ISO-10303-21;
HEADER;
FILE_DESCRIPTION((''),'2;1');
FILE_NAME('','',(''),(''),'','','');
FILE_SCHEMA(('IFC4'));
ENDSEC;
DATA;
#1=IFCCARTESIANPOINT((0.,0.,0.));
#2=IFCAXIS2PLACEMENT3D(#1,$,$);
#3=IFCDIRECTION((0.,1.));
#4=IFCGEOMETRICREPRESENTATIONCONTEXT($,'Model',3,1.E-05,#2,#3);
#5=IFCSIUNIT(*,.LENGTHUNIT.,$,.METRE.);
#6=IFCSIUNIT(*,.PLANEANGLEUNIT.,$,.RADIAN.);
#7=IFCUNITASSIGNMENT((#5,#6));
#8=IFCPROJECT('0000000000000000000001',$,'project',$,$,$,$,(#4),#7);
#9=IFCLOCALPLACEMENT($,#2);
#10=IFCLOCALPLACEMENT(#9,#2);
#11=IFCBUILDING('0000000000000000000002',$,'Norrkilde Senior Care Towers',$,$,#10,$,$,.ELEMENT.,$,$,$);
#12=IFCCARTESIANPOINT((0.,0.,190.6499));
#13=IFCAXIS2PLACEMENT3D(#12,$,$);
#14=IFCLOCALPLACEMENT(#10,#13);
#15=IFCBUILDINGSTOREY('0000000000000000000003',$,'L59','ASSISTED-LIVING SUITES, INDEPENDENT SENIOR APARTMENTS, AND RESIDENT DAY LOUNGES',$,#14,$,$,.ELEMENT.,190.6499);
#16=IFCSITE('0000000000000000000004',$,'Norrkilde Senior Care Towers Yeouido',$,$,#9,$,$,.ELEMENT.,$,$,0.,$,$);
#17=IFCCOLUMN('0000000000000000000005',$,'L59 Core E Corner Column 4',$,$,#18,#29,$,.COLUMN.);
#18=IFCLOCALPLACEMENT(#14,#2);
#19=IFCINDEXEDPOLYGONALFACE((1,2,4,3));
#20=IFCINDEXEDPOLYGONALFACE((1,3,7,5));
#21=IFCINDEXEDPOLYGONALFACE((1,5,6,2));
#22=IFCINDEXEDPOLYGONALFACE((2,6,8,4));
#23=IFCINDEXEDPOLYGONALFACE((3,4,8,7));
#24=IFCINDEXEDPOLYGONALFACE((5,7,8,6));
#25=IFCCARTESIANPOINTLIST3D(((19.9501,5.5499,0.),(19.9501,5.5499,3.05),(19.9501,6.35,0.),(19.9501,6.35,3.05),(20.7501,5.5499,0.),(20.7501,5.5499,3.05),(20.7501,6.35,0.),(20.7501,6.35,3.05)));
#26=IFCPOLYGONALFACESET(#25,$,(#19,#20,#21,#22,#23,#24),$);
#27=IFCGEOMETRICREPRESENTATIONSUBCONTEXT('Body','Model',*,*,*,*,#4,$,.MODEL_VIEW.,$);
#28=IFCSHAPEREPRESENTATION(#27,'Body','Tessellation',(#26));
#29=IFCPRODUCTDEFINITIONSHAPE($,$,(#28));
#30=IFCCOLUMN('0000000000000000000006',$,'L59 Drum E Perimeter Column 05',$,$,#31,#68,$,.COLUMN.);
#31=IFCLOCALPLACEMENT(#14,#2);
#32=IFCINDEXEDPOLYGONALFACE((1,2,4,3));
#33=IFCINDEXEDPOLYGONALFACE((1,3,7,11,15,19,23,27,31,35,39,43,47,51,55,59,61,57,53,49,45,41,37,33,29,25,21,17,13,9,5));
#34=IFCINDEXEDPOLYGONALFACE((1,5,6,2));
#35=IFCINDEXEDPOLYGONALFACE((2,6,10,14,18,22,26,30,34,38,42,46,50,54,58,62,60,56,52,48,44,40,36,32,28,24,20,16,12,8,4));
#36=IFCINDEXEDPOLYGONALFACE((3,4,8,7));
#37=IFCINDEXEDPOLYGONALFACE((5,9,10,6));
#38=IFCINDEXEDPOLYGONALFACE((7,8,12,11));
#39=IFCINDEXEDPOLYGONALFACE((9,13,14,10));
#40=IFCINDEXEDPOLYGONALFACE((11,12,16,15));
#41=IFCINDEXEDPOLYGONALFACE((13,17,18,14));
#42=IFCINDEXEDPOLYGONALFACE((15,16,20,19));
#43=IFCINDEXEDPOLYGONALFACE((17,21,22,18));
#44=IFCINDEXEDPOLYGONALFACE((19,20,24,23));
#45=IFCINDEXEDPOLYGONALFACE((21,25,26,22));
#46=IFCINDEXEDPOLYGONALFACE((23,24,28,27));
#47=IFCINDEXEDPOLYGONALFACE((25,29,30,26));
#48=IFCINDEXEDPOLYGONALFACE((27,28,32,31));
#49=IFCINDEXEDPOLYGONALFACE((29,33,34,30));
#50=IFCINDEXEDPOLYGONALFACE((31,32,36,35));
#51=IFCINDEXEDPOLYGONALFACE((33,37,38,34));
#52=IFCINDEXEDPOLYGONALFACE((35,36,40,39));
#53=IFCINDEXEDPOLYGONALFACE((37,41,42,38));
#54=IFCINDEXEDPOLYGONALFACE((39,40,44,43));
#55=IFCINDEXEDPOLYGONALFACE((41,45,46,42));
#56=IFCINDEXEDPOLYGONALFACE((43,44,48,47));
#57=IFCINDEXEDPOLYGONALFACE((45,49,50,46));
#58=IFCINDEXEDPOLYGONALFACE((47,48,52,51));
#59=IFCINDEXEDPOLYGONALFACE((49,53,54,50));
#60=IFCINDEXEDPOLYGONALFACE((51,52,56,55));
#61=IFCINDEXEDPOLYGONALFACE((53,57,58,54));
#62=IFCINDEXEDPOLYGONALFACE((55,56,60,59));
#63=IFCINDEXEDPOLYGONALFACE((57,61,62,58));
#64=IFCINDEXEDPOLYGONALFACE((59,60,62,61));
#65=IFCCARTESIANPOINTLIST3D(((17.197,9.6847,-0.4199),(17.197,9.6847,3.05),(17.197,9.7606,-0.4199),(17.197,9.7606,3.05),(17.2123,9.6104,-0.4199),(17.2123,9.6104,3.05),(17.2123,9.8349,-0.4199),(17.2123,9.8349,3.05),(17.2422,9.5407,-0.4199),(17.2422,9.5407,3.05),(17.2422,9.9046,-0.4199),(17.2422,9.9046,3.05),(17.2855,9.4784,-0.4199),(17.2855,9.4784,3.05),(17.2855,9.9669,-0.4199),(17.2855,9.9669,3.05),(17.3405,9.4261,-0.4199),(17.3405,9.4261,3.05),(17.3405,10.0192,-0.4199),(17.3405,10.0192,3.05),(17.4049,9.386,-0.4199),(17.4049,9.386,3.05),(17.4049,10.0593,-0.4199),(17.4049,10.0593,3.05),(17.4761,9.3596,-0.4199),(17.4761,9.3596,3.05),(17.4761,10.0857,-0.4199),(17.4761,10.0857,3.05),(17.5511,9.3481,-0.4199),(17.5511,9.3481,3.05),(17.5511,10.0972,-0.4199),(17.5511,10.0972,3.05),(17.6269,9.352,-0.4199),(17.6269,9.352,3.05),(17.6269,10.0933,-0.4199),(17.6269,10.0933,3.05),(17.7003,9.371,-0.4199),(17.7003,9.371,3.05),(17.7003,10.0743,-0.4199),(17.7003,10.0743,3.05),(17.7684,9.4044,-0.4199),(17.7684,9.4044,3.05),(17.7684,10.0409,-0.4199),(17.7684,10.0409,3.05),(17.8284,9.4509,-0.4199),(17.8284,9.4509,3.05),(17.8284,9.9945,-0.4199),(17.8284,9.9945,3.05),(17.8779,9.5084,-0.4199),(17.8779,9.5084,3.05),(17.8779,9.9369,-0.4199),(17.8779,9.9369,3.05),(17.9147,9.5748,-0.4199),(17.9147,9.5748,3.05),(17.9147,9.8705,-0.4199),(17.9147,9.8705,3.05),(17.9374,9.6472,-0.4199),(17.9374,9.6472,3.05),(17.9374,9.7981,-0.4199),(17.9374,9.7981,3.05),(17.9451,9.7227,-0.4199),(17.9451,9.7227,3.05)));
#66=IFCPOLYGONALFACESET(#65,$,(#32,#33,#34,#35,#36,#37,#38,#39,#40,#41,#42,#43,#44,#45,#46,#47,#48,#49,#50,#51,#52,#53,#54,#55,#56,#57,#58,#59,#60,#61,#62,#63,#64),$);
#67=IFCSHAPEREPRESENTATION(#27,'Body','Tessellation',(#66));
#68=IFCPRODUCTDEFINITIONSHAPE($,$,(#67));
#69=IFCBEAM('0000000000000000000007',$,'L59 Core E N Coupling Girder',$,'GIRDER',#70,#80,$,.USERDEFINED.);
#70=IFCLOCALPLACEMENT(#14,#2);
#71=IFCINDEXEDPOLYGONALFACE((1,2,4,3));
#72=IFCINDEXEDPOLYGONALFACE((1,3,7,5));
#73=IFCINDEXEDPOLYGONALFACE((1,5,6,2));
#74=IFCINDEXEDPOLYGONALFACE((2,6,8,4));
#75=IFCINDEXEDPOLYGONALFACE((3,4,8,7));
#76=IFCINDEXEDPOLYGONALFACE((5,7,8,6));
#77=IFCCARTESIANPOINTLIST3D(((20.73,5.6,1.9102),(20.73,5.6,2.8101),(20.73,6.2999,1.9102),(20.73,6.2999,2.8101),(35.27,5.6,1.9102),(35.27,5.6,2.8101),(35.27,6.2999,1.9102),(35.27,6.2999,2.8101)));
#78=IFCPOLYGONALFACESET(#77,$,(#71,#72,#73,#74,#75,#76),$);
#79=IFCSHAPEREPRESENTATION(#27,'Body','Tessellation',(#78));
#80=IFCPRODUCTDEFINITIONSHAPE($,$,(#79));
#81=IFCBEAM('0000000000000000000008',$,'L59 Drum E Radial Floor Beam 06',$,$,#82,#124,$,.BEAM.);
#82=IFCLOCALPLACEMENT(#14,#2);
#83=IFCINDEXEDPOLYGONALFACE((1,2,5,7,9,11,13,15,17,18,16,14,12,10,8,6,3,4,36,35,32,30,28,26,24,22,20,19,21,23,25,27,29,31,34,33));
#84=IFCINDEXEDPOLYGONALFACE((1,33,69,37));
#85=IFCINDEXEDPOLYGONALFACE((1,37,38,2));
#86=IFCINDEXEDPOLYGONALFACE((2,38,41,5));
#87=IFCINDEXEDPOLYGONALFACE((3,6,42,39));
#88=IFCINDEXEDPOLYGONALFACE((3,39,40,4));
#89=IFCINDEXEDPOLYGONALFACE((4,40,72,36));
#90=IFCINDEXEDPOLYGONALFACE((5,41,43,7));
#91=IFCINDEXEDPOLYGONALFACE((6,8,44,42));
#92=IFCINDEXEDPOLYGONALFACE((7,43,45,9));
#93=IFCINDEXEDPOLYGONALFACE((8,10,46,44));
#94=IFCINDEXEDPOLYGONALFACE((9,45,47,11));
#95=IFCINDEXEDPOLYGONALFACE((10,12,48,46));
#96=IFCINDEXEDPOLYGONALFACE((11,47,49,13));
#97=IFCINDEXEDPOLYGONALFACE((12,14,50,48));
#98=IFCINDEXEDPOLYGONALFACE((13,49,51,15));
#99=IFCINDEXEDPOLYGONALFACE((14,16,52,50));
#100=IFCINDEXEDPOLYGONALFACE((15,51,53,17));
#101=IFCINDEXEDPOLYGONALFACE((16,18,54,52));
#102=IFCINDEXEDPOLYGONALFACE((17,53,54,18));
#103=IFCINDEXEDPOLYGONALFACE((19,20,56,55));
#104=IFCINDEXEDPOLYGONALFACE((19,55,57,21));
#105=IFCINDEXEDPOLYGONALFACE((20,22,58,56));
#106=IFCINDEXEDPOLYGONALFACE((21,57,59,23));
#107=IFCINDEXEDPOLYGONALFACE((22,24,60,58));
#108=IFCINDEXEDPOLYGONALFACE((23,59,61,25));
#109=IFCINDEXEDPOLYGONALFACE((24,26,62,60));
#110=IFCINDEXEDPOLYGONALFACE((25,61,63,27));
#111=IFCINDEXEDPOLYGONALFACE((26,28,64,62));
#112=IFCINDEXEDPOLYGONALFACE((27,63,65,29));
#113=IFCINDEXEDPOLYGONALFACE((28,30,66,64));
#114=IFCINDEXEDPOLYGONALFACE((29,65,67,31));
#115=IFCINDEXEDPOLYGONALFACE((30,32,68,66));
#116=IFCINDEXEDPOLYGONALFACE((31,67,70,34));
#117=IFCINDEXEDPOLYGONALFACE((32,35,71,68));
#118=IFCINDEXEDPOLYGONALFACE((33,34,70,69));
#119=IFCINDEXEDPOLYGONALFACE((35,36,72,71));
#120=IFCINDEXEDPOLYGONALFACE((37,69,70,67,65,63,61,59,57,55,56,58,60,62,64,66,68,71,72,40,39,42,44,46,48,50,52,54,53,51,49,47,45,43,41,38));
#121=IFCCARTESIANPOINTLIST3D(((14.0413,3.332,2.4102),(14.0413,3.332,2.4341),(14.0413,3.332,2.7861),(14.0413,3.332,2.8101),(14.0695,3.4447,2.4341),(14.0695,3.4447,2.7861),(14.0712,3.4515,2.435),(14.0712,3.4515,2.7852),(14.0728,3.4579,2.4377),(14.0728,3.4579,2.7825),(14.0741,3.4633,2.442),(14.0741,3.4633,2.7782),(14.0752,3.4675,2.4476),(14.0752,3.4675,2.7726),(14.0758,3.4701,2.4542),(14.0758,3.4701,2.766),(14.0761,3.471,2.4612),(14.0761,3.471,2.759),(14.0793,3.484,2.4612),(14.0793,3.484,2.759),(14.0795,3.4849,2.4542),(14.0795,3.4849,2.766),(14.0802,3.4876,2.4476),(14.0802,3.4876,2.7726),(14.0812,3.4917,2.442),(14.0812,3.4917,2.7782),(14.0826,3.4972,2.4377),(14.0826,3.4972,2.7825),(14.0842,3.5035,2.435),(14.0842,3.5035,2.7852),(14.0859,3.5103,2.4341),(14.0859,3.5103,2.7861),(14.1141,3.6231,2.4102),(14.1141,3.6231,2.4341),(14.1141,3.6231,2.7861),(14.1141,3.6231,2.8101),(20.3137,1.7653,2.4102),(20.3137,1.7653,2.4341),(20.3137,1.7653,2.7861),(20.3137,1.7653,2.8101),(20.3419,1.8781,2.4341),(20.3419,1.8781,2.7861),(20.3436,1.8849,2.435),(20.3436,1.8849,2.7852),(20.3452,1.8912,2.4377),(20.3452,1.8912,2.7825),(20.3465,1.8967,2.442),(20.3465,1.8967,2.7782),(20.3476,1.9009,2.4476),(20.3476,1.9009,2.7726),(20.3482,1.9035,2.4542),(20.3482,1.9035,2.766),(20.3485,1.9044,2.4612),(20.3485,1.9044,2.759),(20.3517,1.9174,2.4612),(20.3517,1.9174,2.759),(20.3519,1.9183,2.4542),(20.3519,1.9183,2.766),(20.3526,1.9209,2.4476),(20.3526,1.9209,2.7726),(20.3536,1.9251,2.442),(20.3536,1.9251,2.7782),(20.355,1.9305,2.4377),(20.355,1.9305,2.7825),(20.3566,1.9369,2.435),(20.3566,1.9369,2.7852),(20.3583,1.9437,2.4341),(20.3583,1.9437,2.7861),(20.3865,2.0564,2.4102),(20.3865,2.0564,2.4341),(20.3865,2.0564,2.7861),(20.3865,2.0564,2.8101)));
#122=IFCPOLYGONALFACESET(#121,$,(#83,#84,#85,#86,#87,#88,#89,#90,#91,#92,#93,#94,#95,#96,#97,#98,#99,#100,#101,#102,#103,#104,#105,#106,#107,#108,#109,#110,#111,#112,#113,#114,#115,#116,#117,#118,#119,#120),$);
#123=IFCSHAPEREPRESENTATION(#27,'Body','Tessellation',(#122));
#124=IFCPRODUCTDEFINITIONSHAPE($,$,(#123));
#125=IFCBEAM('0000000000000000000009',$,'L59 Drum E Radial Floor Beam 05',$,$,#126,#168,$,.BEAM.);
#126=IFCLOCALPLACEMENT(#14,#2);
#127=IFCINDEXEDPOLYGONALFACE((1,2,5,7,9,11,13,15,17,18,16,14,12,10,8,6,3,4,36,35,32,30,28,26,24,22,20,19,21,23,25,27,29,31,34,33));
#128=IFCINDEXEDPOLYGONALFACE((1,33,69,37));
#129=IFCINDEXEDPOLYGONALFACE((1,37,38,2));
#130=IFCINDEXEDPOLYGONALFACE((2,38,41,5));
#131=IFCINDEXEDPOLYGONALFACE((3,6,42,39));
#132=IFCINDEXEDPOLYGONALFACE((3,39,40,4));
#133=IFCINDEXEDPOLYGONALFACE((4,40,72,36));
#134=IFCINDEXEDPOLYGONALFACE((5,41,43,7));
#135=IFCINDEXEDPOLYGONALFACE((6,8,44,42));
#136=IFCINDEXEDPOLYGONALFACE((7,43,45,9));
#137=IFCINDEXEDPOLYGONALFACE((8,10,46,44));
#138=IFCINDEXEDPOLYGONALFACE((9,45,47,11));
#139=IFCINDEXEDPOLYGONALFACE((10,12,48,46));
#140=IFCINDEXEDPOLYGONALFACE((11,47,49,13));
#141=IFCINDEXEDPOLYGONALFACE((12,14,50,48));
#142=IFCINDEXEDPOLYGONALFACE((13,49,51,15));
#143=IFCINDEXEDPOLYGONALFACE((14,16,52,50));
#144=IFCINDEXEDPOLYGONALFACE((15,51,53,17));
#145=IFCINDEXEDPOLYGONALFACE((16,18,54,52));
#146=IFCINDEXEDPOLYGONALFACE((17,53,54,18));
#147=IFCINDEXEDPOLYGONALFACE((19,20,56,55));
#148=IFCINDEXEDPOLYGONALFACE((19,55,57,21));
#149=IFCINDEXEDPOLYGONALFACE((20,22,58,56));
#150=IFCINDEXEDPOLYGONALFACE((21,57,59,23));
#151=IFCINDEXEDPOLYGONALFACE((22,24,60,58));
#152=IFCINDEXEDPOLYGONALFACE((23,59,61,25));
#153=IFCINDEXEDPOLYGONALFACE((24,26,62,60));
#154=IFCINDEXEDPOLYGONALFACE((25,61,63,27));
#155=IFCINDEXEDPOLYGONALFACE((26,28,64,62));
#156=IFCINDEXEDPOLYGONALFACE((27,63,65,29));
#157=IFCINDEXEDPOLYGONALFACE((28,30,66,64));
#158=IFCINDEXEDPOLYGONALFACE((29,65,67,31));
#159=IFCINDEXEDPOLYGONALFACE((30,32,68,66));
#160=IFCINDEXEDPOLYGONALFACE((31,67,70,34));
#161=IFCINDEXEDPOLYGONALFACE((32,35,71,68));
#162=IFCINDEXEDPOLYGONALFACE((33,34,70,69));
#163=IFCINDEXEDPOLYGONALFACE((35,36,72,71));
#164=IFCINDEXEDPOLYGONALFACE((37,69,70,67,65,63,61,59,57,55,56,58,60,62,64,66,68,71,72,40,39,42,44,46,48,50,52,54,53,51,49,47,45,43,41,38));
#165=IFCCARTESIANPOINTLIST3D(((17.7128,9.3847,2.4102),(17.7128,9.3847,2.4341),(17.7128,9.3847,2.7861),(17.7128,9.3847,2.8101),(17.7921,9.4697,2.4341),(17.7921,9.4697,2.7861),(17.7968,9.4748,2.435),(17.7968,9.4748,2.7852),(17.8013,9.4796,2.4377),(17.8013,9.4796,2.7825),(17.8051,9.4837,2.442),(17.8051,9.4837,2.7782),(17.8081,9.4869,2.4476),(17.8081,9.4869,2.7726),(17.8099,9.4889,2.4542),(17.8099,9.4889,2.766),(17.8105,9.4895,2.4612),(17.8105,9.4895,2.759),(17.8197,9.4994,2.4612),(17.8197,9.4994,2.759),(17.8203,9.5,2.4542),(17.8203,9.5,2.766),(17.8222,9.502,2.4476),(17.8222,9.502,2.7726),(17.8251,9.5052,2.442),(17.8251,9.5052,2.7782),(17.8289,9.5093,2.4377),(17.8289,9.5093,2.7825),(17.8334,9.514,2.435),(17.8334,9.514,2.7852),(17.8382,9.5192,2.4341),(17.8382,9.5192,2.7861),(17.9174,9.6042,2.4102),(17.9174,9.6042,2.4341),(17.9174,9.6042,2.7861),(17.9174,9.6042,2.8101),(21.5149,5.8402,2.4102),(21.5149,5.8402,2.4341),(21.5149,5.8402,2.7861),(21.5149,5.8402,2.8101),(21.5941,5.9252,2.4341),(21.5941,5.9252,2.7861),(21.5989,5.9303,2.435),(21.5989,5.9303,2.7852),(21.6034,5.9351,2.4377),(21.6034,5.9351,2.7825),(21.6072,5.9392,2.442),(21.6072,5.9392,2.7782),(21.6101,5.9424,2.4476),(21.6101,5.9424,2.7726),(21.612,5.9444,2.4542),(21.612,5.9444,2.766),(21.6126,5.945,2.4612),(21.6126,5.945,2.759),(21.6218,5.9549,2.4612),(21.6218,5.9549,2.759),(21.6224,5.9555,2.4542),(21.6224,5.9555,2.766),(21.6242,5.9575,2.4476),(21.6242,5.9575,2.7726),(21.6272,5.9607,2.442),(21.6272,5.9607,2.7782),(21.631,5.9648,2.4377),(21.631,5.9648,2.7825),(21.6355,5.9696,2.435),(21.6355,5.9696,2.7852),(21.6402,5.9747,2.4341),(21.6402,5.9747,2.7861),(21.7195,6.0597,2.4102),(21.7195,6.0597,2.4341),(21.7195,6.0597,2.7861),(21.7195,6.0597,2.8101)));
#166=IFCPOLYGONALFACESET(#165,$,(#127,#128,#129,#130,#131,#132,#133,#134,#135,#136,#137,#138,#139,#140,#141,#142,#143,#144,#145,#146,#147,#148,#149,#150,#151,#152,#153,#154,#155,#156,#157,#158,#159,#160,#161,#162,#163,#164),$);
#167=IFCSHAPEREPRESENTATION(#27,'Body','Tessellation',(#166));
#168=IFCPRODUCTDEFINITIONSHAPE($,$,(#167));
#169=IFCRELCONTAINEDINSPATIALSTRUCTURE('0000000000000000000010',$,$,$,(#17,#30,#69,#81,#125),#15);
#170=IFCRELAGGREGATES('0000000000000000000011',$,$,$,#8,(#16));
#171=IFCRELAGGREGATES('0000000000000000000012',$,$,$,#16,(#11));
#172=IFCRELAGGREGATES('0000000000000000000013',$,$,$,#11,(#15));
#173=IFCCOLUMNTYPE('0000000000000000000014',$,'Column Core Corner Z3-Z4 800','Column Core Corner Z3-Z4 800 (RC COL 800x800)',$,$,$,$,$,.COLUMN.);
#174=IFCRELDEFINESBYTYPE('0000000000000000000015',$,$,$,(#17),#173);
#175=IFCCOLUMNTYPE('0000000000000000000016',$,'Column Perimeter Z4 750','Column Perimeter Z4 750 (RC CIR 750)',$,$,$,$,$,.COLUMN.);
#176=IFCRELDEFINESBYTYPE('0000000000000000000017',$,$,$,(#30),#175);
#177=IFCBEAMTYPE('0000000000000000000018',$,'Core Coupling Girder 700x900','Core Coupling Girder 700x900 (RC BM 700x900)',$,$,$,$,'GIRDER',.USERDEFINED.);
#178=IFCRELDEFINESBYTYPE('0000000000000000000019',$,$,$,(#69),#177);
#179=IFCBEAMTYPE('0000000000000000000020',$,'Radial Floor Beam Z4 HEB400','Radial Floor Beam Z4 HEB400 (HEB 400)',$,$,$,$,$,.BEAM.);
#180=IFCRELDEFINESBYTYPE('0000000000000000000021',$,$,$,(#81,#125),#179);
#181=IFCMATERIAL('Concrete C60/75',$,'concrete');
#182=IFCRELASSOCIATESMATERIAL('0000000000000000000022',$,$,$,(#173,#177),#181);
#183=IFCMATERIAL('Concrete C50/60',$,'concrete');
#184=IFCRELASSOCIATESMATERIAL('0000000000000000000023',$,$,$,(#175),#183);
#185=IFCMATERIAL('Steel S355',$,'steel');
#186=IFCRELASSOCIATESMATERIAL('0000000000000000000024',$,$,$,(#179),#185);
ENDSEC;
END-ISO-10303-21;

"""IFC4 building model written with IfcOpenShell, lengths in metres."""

from ifc_helpers import new_model, si_unit, direction, frame, origin, origin_2d, place, context, subcontext, project, spatial, rectangle, circle, i_section, extrude, source, transform, mapped, material, material_profile, profile_set, type_object, type_shapes, element, save


model = new_model("IFC4")

# Units and contexts
model_context = context("Model", 3, precision=1e-05, world=origin(), true_north=direction((0.0, 1.0)))
body_context = subcontext(model_context, "Body", "Model", "MODEL_VIEW")
ifc_project = project(units=[si_unit("LENGTHUNIT", "METRE"), si_unit("PLANEANGLEUNIT", "RADIAN")], contexts=[model_context])

# Site, building, storey
site_placement = place(None, origin())
site = spatial("IfcSite", under=ifc_project, at=site_placement, Name="Norrkilde Senior Care Towers Yeouido", CompositionType="ELEMENT", RefElevation=0.0)
building_placement = place(site_placement, origin())
building = spatial("IfcBuilding", under=site, at=building_placement, Name="Norrkilde Senior Care Towers", CompositionType="ELEMENT")
storey_placement = place(building_placement, frame((0.0, 0.0, 190.6499)))
storey = spatial("IfcBuildingStorey", under=building, at=storey_placement, Name="L59", Description="ASSISTED-LIVING SUITES, INDEPENDENT SENIOR APARTMENTS, AND RESIDENT DAY LOUNGES", CompositionType="ELEMENT", Elevation=190.6499)

# Columns
ifc_material_1 = material(Name="Concrete C60/75", Category="concrete")
ifc_material_profile_1 = material_profile(ifc_material_1, rectangle(XDim=0.8, YDim=0.8, at=origin_2d()), Name="RC COL 800x800")
ifc_profile_set_1 = profile_set([ifc_material_profile_1], Name="Concrete C60/75")
column_type_1 = type_object("IfcColumnType", Name="Column Core Corner Z3-Z4 800", Description="Column Core Corner Z3-Z4 800 (RC COL 800x800)", PredefinedType="COLUMN", material=ifc_profile_set_1)
shared_shape_1 = source(origin(), body_context, "Body", "SweptSolid", [
    extrude(rectangle(XDim=0.8, YDim=0.8, at=origin_2d()), origin(), (0.0, 0.0, 1.0), 3.05),
])
type_shapes(column_type_1, [shared_shape_1])
column_1_placement = place(storey_placement, frame((20.3501, 5.95, 0.0), z_axis=(0.0, 0.0, 1.0), x_axis=(1.0, 0.0, 0.0)))
element("IfcColumn", 1, at=column_1_placement, inside=storey, type_object=column_type_1, Name="L59 Core E Corner Column 4", PredefinedType="COLUMN", context=body_context, shape_type="MappedRepresentation", body=[
    mapped(shared_shape_1, transform((0.0, 0.0, 0.0), x_axis=(1.0, 0.0, 0.0), y_axis=(0.0, 1.0, 0.0), z_axis=(0.0, 0.0, 1.0), scale=1.0)),
])
ifc_material_2 = material(Name="Concrete C50/60", Category="concrete")
ifc_material_profile_2 = material_profile(ifc_material_2, circle(Radius=0.375, at=origin_2d()), Name="RC CIR 750")
ifc_profile_set_2 = profile_set([ifc_material_profile_2], Name="Concrete C50/60")
column_type_2 = type_object("IfcColumnType", Name="Column Perimeter Z4 750", Description="Column Perimeter Z4 750 (RC CIR 750)", PredefinedType="COLUMN", material=ifc_profile_set_2)
shared_shape_2 = source(origin(), body_context, "Body", "SweptSolid", [
    extrude(circle(Radius=0.375, at=origin_2d()), origin(), (0.0, 0.0, 1.0), 3.47),
])
type_shapes(column_type_2, [shared_shape_2])
column_2_placement = place(storey_placement, frame((17.5701, 9.7227, -0.4199), z_axis=(0.0, 0.0, 1.0), x_axis=(1.0, 0.0, 0.0)))
element("IfcColumn", 2, at=column_2_placement, inside=storey, type_object=column_type_2, Name="L59 Drum E Perimeter Column 05", PredefinedType="COLUMN", context=body_context, shape_type="MappedRepresentation", body=[
    mapped(shared_shape_2, transform((0.0, 0.0, 0.0), x_axis=(1.0, 0.0, 0.0), y_axis=(0.0, 1.0, 0.0), z_axis=(0.0, 0.0, 1.0), scale=1.0)),
])

# Beams
ifc_material_profile_3 = material_profile(ifc_material_1, rectangle(XDim=0.7, YDim=0.8999, at=origin_2d()), Name="RC BM 700x900")
ifc_profile_set_3 = profile_set([ifc_material_profile_3], Name="Concrete C60/75")
beam_type_1 = type_object("IfcBeamType", Name="Core Coupling Girder 700x900", Description="Core Coupling Girder 700x900 (RC BM 700x900)", ElementType="GIRDER", PredefinedType="USERDEFINED", material=ifc_profile_set_3)
shared_shape_3 = source(origin(), body_context, "Body", "SweptSolid", [
    extrude(rectangle(XDim=0.7, YDim=0.8999, at=origin_2d()), origin(), (0.0, 0.0, 1.0), 14.54),
])
type_shapes(beam_type_1, [shared_shape_3])
beam_1_placement = place(storey_placement, frame((20.73, 5.95, 2.3601), z_axis=(1.0, 0.0, 0.0), x_axis=(0.0, 1.0, 0.0)))
element("IfcBeam", 3, at=beam_1_placement, inside=storey, type_object=beam_type_1, Name="L59 Core E N Coupling Girder", ObjectType="GIRDER", PredefinedType="USERDEFINED", context=body_context, shape_type="MappedRepresentation", body=[
    mapped(shared_shape_3, transform((0.0, 0.0, 0.0), x_axis=(1.0, 0.0, 0.0), y_axis=(0.0, 1.0, 0.0), z_axis=(0.0, 0.0, 1.0), scale=1.0)),
])
ifc_material_3 = material(Name="Steel S355", Category="steel")
ifc_material_profile_4 = material_profile(ifc_material_3, i_section(OverallWidth=0.3, OverallDepth=0.3999, WebThickness=0.0134, FlangeThickness=0.0239, FilletRadius=0.0271, at=origin_2d()), Name="HEB 400")
ifc_profile_set_4 = profile_set([ifc_material_profile_4], Name="Steel S355")
beam_type_2 = type_object("IfcBeamType", Name="Radial Floor Beam Z4 HEB400", Description="Radial Floor Beam Z4 HEB400 (HEB 400)", PredefinedType="BEAM", material=ifc_profile_set_4)
shared_shape_4 = source(origin(), body_context, "Body", "SweptSolid", [
    extrude(i_section(OverallWidth=0.3, OverallDepth=0.3999, WebThickness=0.0134, FlangeThickness=0.0239, FilletRadius=0.0271, at=origin_2d()), origin(), (0.0, 0.0, 1.0), 6.4651),
])
beam_2_placement = place(storey_placement, frame((20.3501, 1.9109, 2.6101), z_axis=(-0.970196, 0.242322, 0.0), x_axis=(-0.242322, -0.970196, 0.0)))
element("IfcBeam", 4, at=beam_2_placement, inside=storey, type_object=beam_type_2, Name="L59 Drum E Radial Floor Beam 06", PredefinedType="BEAM", context=body_context, shape_type="MappedRepresentation", body=[
    mapped(shared_shape_4, transform((0.0, 0.0, 0.0), x_axis=(1.0, 0.0, 0.0), y_axis=(0.0, 1.0, 0.0), z_axis=(0.0, 0.0, 1.0), scale=1.0)),
])
shared_shape_5 = source(origin(), body_context, "Body", "SweptSolid", [
    extrude(i_section(OverallWidth=0.3, OverallDepth=0.3999, WebThickness=0.0134, FlangeThickness=0.0239, FilletRadius=0.0271, at=origin_2d()), origin(), (0.0, 0.0, 1.0), 5.198),
])
type_shapes(beam_type_2, [shared_shape_4, shared_shape_5])
beam_3_placement = place(storey_placement, frame((21.6172, 5.95, 2.6101), z_axis=(-0.731449, 0.681896, 0.0), x_axis=(-0.681896, -0.731449, 0.0)))
element("IfcBeam", 5, at=beam_3_placement, inside=storey, type_object=beam_type_2, Name="L59 Drum E Radial Floor Beam 05", PredefinedType="BEAM", context=body_context, shape_type="MappedRepresentation", body=[
    mapped(shared_shape_5, transform((0.0, 0.0, 0.0), x_axis=(1.0, 0.0, 0.0), y_axis=(0.0, 1.0, 0.0), z_axis=(0.0, 0.0, 1.0), scale=1.0)),
])

save(model, "model.ifc")
